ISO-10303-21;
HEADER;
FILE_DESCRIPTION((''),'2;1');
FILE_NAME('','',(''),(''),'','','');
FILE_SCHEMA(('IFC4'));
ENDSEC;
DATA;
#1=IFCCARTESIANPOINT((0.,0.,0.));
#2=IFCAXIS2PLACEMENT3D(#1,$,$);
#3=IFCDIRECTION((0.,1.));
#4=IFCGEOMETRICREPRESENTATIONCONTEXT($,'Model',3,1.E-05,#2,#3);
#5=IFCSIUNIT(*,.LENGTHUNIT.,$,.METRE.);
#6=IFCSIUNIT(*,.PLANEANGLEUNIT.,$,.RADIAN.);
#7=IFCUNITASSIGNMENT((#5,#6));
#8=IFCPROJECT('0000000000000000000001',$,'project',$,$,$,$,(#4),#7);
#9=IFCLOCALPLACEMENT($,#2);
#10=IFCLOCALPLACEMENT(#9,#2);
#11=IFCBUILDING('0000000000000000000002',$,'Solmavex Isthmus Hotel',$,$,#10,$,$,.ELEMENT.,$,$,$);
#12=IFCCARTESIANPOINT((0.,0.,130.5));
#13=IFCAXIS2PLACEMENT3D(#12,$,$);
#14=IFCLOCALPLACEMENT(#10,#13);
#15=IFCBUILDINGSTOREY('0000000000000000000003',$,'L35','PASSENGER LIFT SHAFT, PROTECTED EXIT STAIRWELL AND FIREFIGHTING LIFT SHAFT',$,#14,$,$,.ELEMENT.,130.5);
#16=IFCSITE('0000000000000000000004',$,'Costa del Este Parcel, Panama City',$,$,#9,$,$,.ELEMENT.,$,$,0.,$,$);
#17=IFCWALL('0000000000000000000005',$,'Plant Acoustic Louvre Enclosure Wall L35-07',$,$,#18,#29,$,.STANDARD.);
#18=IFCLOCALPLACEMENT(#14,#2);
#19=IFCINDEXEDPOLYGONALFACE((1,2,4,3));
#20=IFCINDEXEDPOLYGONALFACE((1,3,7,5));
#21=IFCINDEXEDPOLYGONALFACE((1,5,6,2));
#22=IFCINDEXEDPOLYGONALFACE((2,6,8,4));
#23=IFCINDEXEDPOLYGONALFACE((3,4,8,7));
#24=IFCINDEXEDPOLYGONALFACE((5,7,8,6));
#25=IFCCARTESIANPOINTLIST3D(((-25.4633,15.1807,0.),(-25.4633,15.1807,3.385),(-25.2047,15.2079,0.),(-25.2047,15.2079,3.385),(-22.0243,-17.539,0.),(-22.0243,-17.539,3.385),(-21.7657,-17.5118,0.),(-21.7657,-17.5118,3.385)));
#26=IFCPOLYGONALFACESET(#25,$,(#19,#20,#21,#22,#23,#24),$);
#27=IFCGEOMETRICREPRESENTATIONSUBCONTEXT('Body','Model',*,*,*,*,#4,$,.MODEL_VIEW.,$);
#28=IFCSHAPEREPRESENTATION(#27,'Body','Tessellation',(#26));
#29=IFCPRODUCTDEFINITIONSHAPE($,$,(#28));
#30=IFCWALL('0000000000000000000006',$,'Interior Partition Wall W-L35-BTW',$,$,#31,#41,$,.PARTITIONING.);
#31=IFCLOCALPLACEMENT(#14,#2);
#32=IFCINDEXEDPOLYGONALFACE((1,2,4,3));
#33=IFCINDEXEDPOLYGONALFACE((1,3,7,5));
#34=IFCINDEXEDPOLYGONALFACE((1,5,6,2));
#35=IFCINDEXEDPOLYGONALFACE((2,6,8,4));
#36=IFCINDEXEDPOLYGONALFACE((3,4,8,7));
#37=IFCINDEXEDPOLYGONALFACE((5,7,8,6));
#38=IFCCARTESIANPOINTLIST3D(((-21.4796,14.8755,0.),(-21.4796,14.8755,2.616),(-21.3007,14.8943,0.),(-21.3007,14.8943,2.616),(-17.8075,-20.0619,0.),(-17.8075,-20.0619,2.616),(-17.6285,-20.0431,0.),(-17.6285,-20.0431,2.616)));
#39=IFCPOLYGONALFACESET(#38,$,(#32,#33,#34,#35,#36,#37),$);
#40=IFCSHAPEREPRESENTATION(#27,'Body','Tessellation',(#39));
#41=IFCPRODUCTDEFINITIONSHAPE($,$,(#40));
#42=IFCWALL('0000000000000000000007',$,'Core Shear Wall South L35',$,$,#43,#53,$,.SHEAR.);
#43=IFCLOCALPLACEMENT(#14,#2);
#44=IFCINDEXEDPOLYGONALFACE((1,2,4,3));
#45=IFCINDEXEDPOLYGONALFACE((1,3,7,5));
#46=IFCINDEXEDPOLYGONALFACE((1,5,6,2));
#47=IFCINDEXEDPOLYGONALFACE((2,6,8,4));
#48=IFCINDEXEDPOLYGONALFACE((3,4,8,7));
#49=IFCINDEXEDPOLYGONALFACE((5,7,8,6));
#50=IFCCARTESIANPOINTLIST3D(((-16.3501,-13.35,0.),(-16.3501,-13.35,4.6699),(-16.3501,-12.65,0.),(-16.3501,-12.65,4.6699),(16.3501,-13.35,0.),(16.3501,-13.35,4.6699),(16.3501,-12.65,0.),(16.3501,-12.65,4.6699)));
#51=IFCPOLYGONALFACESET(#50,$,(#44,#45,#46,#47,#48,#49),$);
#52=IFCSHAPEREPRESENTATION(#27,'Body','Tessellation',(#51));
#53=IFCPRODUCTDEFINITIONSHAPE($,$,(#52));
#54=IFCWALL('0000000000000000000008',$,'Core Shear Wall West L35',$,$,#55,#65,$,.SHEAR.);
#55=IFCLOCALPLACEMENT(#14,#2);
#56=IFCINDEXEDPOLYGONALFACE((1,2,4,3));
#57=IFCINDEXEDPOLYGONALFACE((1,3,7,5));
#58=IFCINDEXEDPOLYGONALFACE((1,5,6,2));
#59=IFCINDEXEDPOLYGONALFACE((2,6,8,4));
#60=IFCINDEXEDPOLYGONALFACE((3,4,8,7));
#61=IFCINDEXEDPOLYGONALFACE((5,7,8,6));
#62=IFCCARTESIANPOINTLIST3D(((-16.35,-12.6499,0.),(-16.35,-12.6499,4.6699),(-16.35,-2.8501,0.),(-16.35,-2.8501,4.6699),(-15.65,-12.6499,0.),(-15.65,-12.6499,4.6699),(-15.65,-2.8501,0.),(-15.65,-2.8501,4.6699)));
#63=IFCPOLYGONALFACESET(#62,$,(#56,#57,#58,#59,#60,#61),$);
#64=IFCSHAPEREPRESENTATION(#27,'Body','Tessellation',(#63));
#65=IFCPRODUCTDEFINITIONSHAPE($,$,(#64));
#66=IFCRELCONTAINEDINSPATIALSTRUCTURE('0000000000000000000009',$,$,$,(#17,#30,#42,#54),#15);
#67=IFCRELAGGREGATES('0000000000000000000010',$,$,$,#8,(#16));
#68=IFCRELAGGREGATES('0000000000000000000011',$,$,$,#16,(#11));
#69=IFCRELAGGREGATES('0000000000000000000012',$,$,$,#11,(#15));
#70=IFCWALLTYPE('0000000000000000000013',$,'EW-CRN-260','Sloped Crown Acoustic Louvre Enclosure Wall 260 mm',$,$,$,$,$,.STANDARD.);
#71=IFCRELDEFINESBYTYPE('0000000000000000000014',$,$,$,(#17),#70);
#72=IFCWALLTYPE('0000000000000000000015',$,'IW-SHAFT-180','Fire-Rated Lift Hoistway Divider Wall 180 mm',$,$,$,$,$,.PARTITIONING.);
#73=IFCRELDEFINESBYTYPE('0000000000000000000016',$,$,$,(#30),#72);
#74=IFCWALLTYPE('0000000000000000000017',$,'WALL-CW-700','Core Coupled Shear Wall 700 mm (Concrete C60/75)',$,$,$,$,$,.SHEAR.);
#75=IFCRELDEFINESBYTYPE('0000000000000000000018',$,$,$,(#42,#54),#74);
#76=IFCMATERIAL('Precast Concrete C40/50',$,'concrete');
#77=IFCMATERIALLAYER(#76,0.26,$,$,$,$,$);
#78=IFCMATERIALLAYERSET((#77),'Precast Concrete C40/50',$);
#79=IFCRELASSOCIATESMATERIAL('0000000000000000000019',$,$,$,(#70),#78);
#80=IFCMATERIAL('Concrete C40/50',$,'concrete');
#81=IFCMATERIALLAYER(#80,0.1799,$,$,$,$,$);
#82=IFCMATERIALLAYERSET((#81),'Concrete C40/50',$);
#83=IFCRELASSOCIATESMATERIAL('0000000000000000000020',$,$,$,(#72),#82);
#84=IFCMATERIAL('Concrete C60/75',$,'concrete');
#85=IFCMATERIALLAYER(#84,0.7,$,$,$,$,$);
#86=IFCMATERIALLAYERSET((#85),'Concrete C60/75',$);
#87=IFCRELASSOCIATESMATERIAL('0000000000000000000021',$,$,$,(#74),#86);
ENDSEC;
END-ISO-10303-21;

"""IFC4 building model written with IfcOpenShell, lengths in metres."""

from ifc_helpers import new_model, si_unit, direction, frame, frame_2d, origin, place, context, subcontext, project, spatial, rectangle, extrude, material, layer, layer_set, type_object, element, save


model = new_model("IFC4")

# Units and contexts
model_context = context("Model", 3, precision=1e-05, world=origin(), true_north=direction((0.0, 1.0)))
body_context = subcontext(model_context, "Body", "Model", "MODEL_VIEW")
ifc_project = project(units=[si_unit("LENGTHUNIT", "METRE"), si_unit("PLANEANGLEUNIT", "RADIAN")], contexts=[model_context])

# Site, building, storey
site_placement = place(None, origin())
site = spatial("IfcSite", under=ifc_project, at=site_placement, Name="Costa del Este Parcel, Panama City", CompositionType="ELEMENT", RefElevation=0.0)
building_placement = place(site_placement, origin())
building = spatial("IfcBuilding", under=site, at=building_placement, Name="Solmavex Isthmus Hotel", CompositionType="ELEMENT")
storey_placement = place(building_placement, frame((0.0, 0.0, 130.5)))
storey = spatial("IfcBuildingStorey", under=building, at=storey_placement, Name="L35", Description="PASSENGER LIFT SHAFT, PROTECTED EXIT STAIRWELL AND FIREFIGHTING LIFT SHAFT", CompositionType="ELEMENT", Elevation=130.5)

# Shared definitions
ifc_material_1 = material(Name="Concrete C60/75", Category="concrete")

# Walls
ifc_material_2 = material(Name="Precast Concrete C40/50", Category="concrete")
ifc_layer_1 = layer(ifc_material_2, 0.26)
ifc_layer_set_1 = layer_set([ifc_layer_1], Name="Precast Concrete C40/50")
wall_type_1 = type_object("IfcWallType", Name="EW-CRN-260", Description="Sloped Crown Acoustic Louvre Enclosure Wall 260 mm", PredefinedType="STANDARD", material=ifc_layer_set_1)
wall_1_placement = place(storey_placement, frame((-21.895, -17.5254, 0.0), z_axis=(0.0, 0.0, 1.0), x_axis=(-0.104528, 0.994522, 0.0)))
element("IfcWall", 1, at=wall_1_placement, inside=storey, type_object=wall_type_1, Name="Plant Acoustic Louvre Enclosure Wall L35-07", PredefinedType="STANDARD", context=body_context, shape_type="SweptSolid", body=[
    extrude(rectangle(XDim=32.8999, YDim=0.26, at=frame_2d((16.45, 0.0))), origin(), (0.0, 0.0, 1.0), 3.385),
])
ifc_material_3 = material(Name="Concrete C40/50", Category="concrete")
ifc_layer_2 = layer(ifc_material_3, 0.1799)
ifc_layer_set_2 = layer_set([ifc_layer_2], Name="Concrete C40/50")
wall_type_2 = type_object("IfcWallType", Name="IW-SHAFT-180", Description="Fire-Rated Lift Hoistway Divider Wall 180 mm", PredefinedType="PARTITIONING", material=ifc_layer_set_2)
wall_2_placement = place(storey_placement, frame((-17.718, -20.0525, 0.0), z_axis=(0.0, 0.0, 1.0), x_axis=(-0.10453, 0.994522, 0.0)))
element("IfcWall", 2, at=wall_2_placement, inside=storey, type_object=wall_type_2, Name="Interior Partition Wall W-L35-BTW", PredefinedType="PARTITIONING", context=body_context, shape_type="SweptSolid", body=[
    extrude(rectangle(XDim=35.1299, YDim=0.1799, at=frame_2d((17.5649, 0.0))), origin(), (0.0, 0.0, 1.0), 2.616),
])
ifc_layer_3 = layer(ifc_material_1, 0.7)
ifc_layer_set_3 = layer_set([ifc_layer_3], Name="Concrete C60/75")
wall_type_3 = type_object("IfcWallType", Name="WALL-CW-700", Description="Core Coupled Shear Wall 700 mm (Concrete C60/75)", PredefinedType="SHEAR", material=ifc_layer_set_3)
wall_3_placement = place(storey_placement, frame((-16.3501, -13.0, 0.0), z_axis=(0.0, 0.0, 1.0), x_axis=(1.0, 0.0, 0.0)))
element("IfcWall", 3, at=wall_3_placement, inside=storey, type_object=wall_type_3, Name="Core Shear Wall South L35", PredefinedType="SHEAR", context=body_context, shape_type="SweptSolid", body=[
    extrude(rectangle(XDim=32.7002, YDim=0.7, at=frame_2d((16.3501, 0.0))), origin(), (0.0, 0.0, 1.0), 4.6699),
])
wall_4_placement = place(storey_placement, frame((-16.0, -12.6499, 0.0), z_axis=(0.0, 0.0, 1.0), x_axis=(0.0, 1.0, 0.0)))
element("IfcWall", 4, at=wall_4_placement, inside=storey, type_object=wall_type_3, Name="Core Shear Wall West L35", PredefinedType="SHEAR", context=body_context, shape_type="SweptSolid", body=[
    extrude(rectangle(XDim=9.7998, YDim=0.7, at=frame_2d((4.8999, 0.0))), origin(), (0.0, 0.0, 1.0), 4.6699),
])

save(model, "model.ifc")
